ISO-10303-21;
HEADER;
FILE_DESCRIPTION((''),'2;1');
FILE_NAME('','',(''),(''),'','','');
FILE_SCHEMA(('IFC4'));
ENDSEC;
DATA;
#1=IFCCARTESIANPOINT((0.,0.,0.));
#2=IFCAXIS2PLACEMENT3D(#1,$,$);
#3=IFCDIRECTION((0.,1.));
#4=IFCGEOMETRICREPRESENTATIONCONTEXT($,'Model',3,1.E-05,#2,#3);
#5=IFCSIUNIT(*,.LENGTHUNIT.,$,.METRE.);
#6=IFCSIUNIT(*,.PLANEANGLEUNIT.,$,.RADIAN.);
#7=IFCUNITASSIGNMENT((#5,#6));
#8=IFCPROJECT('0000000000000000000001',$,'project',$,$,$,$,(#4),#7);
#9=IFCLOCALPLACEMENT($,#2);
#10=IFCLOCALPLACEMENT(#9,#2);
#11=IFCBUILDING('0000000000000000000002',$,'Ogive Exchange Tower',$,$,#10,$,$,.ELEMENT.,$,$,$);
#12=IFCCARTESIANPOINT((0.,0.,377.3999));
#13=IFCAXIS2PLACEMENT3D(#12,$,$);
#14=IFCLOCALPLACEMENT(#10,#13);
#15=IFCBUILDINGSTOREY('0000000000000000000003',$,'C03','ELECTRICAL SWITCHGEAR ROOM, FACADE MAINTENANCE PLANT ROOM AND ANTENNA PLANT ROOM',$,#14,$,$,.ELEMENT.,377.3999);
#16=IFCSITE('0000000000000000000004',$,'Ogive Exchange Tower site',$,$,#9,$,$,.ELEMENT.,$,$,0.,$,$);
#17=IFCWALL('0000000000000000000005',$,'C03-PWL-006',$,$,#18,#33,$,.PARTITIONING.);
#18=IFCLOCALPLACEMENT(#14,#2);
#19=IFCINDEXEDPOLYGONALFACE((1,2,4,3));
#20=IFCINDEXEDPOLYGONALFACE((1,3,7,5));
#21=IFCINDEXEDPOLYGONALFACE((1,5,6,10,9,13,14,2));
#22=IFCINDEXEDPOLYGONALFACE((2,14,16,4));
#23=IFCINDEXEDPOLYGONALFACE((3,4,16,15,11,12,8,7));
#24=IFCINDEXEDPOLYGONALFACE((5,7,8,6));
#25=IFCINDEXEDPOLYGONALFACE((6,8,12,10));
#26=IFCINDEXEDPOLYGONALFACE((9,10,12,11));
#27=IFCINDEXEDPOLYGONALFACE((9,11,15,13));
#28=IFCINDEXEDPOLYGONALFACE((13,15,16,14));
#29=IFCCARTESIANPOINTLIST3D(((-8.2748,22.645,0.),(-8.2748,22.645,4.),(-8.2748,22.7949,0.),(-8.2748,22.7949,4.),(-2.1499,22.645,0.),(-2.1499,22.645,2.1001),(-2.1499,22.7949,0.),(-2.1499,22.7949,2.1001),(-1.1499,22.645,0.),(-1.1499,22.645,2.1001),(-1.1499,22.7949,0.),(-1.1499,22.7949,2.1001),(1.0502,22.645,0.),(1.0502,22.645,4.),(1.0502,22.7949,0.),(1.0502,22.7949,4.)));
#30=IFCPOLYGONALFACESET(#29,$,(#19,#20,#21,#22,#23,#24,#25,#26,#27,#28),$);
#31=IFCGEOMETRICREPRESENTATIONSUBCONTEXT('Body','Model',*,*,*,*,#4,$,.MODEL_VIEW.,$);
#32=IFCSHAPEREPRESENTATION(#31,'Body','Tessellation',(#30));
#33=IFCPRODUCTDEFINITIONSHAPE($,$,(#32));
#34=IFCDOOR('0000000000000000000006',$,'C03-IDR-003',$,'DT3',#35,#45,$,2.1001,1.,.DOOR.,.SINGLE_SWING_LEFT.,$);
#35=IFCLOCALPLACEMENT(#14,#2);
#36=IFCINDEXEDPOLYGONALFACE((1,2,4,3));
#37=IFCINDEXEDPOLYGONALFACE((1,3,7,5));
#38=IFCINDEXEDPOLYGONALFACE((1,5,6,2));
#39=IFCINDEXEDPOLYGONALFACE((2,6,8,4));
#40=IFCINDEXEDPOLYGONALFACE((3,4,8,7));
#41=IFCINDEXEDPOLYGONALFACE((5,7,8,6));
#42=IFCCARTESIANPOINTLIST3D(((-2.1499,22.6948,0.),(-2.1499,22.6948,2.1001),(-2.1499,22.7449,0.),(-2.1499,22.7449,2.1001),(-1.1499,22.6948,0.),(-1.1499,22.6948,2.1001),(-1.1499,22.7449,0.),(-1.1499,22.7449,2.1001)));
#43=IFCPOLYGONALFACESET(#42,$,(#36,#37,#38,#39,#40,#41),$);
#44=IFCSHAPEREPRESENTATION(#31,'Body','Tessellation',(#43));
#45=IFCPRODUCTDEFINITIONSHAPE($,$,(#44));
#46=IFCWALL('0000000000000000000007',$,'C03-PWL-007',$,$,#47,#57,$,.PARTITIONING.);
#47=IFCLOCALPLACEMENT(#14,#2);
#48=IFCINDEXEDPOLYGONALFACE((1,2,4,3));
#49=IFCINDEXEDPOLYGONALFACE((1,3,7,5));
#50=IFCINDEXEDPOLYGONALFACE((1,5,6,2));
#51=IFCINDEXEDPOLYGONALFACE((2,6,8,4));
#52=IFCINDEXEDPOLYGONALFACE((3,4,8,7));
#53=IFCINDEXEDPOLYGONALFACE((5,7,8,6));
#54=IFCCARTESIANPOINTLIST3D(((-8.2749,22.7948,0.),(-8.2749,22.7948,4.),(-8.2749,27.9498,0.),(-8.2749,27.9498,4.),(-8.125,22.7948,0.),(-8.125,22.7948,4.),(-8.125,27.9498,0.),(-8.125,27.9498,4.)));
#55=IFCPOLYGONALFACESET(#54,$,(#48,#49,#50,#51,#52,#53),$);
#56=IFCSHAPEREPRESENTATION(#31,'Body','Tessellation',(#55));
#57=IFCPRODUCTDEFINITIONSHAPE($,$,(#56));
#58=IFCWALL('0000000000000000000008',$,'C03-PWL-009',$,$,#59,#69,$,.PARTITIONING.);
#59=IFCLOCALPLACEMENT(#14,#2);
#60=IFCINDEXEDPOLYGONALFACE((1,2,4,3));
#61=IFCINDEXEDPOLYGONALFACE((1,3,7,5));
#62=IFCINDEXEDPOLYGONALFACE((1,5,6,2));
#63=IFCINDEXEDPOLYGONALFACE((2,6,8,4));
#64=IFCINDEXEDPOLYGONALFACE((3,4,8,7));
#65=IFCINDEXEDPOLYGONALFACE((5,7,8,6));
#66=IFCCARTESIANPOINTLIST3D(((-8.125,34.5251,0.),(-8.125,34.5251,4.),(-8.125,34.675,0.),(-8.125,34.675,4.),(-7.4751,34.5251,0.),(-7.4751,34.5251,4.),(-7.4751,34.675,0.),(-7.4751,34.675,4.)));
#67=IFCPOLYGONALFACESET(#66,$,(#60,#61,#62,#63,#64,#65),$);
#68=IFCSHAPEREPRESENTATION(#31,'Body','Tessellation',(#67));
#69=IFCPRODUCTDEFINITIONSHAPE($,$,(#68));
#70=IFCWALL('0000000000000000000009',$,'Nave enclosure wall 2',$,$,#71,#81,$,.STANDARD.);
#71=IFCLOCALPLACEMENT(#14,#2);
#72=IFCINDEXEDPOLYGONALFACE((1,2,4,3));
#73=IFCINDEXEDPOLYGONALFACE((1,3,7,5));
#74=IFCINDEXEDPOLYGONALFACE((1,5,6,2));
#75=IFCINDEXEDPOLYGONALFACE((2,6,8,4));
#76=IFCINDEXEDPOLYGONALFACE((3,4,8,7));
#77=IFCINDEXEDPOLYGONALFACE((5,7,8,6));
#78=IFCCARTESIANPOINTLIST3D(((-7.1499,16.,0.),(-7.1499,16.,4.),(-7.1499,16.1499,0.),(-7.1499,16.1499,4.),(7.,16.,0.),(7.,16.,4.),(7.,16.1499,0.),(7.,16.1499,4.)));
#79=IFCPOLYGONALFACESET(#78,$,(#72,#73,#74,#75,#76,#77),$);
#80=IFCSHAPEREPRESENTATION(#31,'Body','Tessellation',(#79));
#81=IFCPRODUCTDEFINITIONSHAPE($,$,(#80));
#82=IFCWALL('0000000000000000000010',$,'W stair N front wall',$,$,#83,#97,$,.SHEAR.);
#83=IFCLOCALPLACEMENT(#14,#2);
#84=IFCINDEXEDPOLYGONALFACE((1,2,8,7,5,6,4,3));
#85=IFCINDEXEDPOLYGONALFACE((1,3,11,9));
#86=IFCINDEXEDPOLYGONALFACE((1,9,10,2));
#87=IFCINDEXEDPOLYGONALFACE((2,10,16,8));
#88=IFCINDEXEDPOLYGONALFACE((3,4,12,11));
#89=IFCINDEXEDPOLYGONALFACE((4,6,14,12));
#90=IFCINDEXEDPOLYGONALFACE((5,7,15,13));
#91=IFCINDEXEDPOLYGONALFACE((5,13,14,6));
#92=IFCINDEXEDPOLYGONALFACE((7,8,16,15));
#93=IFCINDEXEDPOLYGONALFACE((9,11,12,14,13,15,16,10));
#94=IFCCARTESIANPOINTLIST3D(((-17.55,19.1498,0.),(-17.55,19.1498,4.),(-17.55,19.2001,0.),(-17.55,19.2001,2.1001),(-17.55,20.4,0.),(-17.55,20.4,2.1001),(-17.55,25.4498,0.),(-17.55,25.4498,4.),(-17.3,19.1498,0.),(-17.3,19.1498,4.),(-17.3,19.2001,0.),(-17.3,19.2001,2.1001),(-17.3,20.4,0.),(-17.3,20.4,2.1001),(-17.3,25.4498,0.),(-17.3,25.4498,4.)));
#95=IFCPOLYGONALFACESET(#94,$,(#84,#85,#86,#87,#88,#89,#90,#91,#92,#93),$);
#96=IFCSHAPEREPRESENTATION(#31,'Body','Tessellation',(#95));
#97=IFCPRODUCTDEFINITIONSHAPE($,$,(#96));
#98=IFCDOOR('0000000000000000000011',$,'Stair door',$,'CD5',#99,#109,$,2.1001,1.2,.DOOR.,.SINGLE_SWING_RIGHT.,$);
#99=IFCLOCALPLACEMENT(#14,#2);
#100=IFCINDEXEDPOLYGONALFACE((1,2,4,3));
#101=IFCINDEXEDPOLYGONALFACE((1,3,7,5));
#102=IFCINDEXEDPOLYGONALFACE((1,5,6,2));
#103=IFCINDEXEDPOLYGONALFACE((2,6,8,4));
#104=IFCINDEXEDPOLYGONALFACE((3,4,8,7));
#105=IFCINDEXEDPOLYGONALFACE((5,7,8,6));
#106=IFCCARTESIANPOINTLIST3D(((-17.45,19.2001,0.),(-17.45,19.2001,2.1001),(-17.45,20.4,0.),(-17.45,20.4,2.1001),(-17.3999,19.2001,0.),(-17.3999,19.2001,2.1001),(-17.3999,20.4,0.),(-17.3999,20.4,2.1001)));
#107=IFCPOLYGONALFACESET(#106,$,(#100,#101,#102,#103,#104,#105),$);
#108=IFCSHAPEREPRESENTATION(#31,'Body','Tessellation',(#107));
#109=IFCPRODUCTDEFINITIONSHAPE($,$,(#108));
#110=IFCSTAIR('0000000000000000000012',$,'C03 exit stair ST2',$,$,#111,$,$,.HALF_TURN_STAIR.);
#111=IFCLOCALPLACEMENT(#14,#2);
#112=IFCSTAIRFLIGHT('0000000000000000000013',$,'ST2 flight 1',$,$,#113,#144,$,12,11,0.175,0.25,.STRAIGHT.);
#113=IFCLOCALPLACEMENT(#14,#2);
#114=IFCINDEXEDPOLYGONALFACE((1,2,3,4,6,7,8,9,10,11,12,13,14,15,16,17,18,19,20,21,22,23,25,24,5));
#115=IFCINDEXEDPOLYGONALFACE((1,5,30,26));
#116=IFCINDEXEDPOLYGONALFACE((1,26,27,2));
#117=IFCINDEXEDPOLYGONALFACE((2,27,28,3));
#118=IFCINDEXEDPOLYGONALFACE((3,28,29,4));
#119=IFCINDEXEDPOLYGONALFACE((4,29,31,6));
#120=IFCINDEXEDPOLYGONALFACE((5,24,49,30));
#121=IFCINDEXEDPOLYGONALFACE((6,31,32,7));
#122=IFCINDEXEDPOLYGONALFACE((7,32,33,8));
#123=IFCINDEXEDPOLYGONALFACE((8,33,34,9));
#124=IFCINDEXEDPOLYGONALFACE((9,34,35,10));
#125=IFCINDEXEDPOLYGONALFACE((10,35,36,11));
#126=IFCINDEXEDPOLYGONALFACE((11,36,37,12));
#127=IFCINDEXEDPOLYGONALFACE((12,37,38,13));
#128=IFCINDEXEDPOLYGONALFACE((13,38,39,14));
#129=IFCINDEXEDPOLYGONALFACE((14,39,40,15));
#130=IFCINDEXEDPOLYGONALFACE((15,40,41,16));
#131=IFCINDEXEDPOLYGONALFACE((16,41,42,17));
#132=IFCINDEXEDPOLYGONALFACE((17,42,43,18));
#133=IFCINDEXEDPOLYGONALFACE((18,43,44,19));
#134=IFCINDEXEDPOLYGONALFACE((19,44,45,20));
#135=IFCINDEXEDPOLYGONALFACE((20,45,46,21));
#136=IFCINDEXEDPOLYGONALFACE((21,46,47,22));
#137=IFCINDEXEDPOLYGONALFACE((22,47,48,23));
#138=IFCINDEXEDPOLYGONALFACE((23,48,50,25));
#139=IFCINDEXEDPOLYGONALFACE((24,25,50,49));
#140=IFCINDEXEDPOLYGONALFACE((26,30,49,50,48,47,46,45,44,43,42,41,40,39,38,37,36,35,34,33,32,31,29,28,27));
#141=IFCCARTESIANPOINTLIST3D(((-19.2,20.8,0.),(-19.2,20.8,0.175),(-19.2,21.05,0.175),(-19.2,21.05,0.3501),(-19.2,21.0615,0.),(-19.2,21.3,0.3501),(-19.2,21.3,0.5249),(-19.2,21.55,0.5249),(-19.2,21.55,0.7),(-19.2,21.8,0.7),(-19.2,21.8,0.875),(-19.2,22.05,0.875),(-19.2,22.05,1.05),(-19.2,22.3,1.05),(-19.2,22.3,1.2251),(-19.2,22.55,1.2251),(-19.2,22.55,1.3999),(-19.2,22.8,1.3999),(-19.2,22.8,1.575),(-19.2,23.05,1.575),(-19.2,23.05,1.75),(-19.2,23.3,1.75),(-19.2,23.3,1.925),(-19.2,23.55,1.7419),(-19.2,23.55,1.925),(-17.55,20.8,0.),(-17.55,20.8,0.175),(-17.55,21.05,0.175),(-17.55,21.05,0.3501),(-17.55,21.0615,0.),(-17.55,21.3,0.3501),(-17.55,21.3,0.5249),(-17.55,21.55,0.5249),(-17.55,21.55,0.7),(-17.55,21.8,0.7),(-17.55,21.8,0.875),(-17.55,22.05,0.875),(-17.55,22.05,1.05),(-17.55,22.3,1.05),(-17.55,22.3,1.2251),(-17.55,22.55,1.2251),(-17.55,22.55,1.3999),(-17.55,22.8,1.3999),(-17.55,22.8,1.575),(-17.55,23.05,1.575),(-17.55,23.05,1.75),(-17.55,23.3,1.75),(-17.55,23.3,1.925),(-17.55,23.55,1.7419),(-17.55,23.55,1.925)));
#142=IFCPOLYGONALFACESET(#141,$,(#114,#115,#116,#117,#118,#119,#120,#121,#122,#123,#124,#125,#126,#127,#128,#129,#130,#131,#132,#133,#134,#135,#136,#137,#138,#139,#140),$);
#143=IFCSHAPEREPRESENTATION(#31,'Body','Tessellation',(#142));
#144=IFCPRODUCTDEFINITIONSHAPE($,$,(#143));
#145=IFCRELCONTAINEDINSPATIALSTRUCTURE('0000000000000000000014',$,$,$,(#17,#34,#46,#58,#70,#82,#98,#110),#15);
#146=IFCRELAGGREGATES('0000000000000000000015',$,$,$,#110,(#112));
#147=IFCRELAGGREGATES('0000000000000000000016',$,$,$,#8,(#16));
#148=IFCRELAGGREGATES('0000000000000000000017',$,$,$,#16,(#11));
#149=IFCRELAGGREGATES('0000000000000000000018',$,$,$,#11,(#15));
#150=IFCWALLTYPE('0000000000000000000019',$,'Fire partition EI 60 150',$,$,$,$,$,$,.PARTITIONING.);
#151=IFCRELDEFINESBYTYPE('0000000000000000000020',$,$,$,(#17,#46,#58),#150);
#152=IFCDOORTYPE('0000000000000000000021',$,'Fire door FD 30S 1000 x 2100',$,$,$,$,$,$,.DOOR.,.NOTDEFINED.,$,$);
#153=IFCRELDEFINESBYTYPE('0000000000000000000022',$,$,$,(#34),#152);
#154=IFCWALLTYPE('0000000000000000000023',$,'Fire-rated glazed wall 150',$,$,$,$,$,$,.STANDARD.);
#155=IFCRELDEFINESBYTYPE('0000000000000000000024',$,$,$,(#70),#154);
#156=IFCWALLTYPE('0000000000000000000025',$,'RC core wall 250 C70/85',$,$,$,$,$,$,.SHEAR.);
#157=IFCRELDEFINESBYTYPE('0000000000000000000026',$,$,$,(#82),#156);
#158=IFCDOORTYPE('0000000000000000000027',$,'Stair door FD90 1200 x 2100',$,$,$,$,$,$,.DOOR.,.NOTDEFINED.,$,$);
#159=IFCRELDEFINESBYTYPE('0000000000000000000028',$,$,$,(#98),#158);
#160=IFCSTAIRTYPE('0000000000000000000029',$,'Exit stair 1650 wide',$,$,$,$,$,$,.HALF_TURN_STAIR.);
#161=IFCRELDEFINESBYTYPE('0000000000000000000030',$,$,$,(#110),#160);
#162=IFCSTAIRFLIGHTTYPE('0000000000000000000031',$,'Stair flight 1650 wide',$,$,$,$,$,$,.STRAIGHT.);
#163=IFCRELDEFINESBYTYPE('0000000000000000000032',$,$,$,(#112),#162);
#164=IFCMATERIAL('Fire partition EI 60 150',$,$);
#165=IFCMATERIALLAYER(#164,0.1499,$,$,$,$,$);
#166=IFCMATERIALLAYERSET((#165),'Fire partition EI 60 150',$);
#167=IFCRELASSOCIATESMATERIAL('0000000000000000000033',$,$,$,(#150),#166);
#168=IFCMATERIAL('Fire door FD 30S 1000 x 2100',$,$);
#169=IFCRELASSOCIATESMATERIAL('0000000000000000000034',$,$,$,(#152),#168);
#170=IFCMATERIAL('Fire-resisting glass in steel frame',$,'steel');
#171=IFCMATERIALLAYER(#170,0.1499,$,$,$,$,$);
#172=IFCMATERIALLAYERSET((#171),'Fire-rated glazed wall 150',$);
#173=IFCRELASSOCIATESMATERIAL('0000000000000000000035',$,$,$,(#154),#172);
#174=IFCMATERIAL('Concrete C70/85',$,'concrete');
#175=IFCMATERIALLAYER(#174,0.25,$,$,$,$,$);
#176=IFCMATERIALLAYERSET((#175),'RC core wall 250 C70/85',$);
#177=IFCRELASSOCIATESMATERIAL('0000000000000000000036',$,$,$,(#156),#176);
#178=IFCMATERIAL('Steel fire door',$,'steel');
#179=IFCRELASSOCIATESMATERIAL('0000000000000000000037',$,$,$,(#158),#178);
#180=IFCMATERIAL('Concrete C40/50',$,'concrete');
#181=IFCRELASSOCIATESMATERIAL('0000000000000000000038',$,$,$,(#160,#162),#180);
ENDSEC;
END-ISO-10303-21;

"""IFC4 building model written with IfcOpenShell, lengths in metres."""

from ifc_helpers import new_model, si_unit, direction, frame, frame_2d, origin, place, context, subcontext, project, spatial, polyline, rectangle, outline, extrude, material, layer, layer_set, type_object, element, fill, aggregate, save


model = new_model("IFC4")

# Units and contexts
model_context = context("Model", 3, precision=1e-05, world=origin(), true_north=direction((0.0, 1.0)))
body_context = subcontext(model_context, "Body", "Model", "MODEL_VIEW")
ifc_project = project(units=[si_unit("LENGTHUNIT", "METRE"), si_unit("PLANEANGLEUNIT", "RADIAN")], contexts=[model_context])

# Site, building, storey
site_placement = place(None, origin())
site = spatial("IfcSite", under=ifc_project, at=site_placement, Name="Ogive Exchange Tower site", CompositionType="ELEMENT", RefElevation=0.0)
building_placement = place(site_placement, origin())
building = spatial("IfcBuilding", under=site, at=building_placement, Name="Ogive Exchange Tower", CompositionType="ELEMENT")
storey_placement = place(building_placement, frame((0.0, 0.0, 377.3999)))
storey = spatial("IfcBuildingStorey", under=building, at=storey_placement, Name="C03", Description="ELECTRICAL SWITCHGEAR ROOM, FACADE MAINTENANCE PLANT ROOM AND ANTENNA PLANT ROOM", CompositionType="ELEMENT", Elevation=377.3999)

# Wall, opening, door
ifc_material_1 = material(Name="Fire partition EI 60 150")
ifc_layer_1 = layer(ifc_material_1, 0.1499)
ifc_layer_set_1 = layer_set([ifc_layer_1], Name="Fire partition EI 60 150")
wall_type_1 = type_object("IfcWallType", Name="Fire partition EI 60 150", PredefinedType="PARTITIONING", material=ifc_layer_set_1)
wall_1_placement = place(storey_placement, frame((-8.2749, 22.72, 0.0), z_axis=(0.0, 0.0, 1.0), x_axis=(1.0, 0.0, 0.0)))
wall_1 = element("IfcWall", 1, at=wall_1_placement, inside=storey, type_object=wall_type_1, Name="C03-PWL-006", PredefinedType="PARTITIONING", context=body_context, shape_type="SweptSolid", body=[
    extrude(rectangle(XDim=9.325, YDim=0.1499, at=frame_2d((4.6626, 0.0))), origin(), (0.0, 0.0, 1.0), 4.0),
])
opening_1_placement = place(wall_1_placement, frame((6.125, 0.0, 0.0)))
opening_1 = element("IfcOpeningElement", 2, at=opening_1_placement, cuts=wall_1, PredefinedType="OPENING", context=body_context, shape_type="SweptSolid", body=[
    extrude(rectangle(XDim=1.0, YDim=2.1001, at=frame_2d((0.5, 1.05))), frame((0.0, 0.085, 0.0), z_axis=(0.0, -1.0, 0.0), x_axis=(1.0, 0.0, 0.0)), (0.0, 0.0, 1.0), 0.1699),
])
ifc_material_2 = material(Name="Fire door FD 30S 1000 x 2100")
door_type_1 = type_object("IfcDoorType", Name="Fire door FD 30S 1000 x 2100", OperationType="NOTDEFINED", PredefinedType="DOOR", material=ifc_material_2)
door_1_placement = place(opening_1_placement, origin())
door_1 = element("IfcDoor", 3, at=door_1_placement, inside=storey, type_object=door_type_1, Name="C03-IDR-003", ObjectType="DT3", OperationType="SINGLE_SWING_LEFT", OverallHeight=2.1001, OverallWidth=1.0, PredefinedType="DOOR", context=body_context, shape_type="SweptSolid", body=[
    extrude(rectangle(XDim=1.0, YDim=2.1001, at=frame_2d((0.5, 1.05))), frame((0.0, 0.0249, 0.0), z_axis=(0.0, -1.0, 0.0), x_axis=(1.0, 0.0, 0.0)), (0.0, 0.0, 1.0), 0.05),
])
fill(opening_1, door_1)

# Walls
wall_2_placement = place(storey_placement, frame((-8.2, 27.95, 0.0), z_axis=(0.0, 0.0, 1.0), x_axis=(0.0, -1.0, 0.0)))
element("IfcWall", 4, at=wall_2_placement, inside=storey, type_object=wall_type_1, Name="C03-PWL-007", PredefinedType="PARTITIONING", context=body_context, shape_type="SweptSolid", body=[
    extrude(rectangle(XDim=5.155, YDim=0.1499, at=frame_2d((2.5776, 0.0))), origin(), (0.0, 0.0, 1.0), 4.0),
])
wall_3_placement = place(storey_placement, frame((-7.4751, 34.6001, 0.0), z_axis=(0.0, 0.0, 1.0), x_axis=(-1.0, 0.0, 0.0)))
element("IfcWall", 5, at=wall_3_placement, inside=storey, type_object=wall_type_1, Name="C03-PWL-009", PredefinedType="PARTITIONING", context=body_context, shape_type="SweptSolid", body=[
    extrude(rectangle(XDim=0.6499, YDim=0.1499, at=frame_2d((0.325, 0.0))), origin(), (0.0, 0.0, 1.0), 4.0),
])
ifc_material_3 = material(Name="Fire-resisting glass in steel frame", Category="steel")
ifc_layer_2 = layer(ifc_material_3, 0.1499)
ifc_layer_set_2 = layer_set([ifc_layer_2], Name="Fire-rated glazed wall 150")
wall_type_2 = type_object("IfcWallType", Name="Fire-rated glazed wall 150", PredefinedType="STANDARD", material=ifc_layer_set_2)
wall_4_placement = place(storey_placement, frame((-7.1499, 16.075, 0.0), z_axis=(0.0, 0.0, 1.0), x_axis=(1.0, 0.0, 0.0)))
element("IfcWall", 6, at=wall_4_placement, inside=storey, type_object=wall_type_2, Name="Nave enclosure wall 2", PredefinedType="STANDARD", context=body_context, shape_type="SweptSolid", body=[
    extrude(rectangle(XDim=14.1499, YDim=0.1499, at=frame_2d((7.075, 0.0))), origin(), (0.0, 0.0, 1.0), 4.0),
])

# Wall, opening, door
ifc_material_4 = material(Name="Concrete C70/85", Category="concrete")
ifc_layer_3 = layer(ifc_material_4, 0.25)
ifc_layer_set_3 = layer_set([ifc_layer_3], Name="RC core wall 250 C70/85")
wall_type_3 = type_object("IfcWallType", Name="RC core wall 250 C70/85", PredefinedType="SHEAR", material=ifc_layer_set_3)
wall_5_placement = place(storey_placement, frame((-17.425, 19.1499, 0.0), z_axis=(0.0, 0.0, 1.0), x_axis=(0.0, 1.0, 0.0)))
wall_5 = element("IfcWall", 7, at=wall_5_placement, inside=storey, type_object=wall_type_3, Name="W stair N front wall", PredefinedType="SHEAR", context=body_context, shape_type="SweptSolid", body=[
    extrude(rectangle(XDim=6.3, YDim=0.25, at=frame_2d((3.1499, 0.0))), origin(), (0.0, 0.0, 1.0), 4.0),
])
opening_2_placement = place(wall_5_placement, frame((0.05, 0.0, 0.0)))
opening_2 = element("IfcOpeningElement", 8, at=opening_2_placement, cuts=wall_5, PredefinedType="OPENING", context=body_context, shape_type="SweptSolid", body=[
    extrude(rectangle(XDim=1.2, YDim=2.1001, at=frame_2d((0.6001, 1.05))), frame((0.0, 0.135, 0.0), z_axis=(0.0, -1.0, 0.0), x_axis=(1.0, 0.0, 0.0)), (0.0, 0.0, 1.0), 0.27),
])
ifc_material_5 = material(Name="Steel fire door", Category="steel")
door_type_2 = type_object("IfcDoorType", Name="Stair door FD90 1200 x 2100", OperationType="NOTDEFINED", PredefinedType="DOOR", material=ifc_material_5)
door_2_placement = place(opening_2_placement, origin())
door_2 = element("IfcDoor", 9, at=door_2_placement, inside=storey, type_object=door_type_2, Name="Stair door", ObjectType="CD5", OperationType="SINGLE_SWING_RIGHT", OverallHeight=2.1001, OverallWidth=1.2, PredefinedType="DOOR", context=body_context, shape_type="SweptSolid", body=[
    extrude(rectangle(XDim=1.2, YDim=2.1001, at=frame_2d((0.6001, 1.05))), frame((0.0, 0.0249, 0.0), z_axis=(0.0, -1.0, 0.0), x_axis=(1.0, 0.0, 0.0)), (0.0, 0.0, 1.0), 0.05),
])
fill(opening_2, door_2)

# Stair, stair flight
ifc_material_6 = material(Name="Concrete C40/50", Category="concrete")
stair_type = type_object("IfcStairType", Name="Exit stair 1650 wide", PredefinedType="HALF_TURN_STAIR", material=ifc_material_6)
stair_placement = place(storey_placement, origin())
stair = element("IfcStair", 10, at=stair_placement, inside=storey, type_object=stair_type, Name="C03 exit stair ST2", PredefinedType="HALF_TURN_STAIR")
stair_flight_type = type_object("IfcStairFlightType", Name="Stair flight 1650 wide", PredefinedType="STRAIGHT", material=ifc_material_6)
stair_flight_placement = place(storey_placement, frame((-18.375, 20.8, 0.0), z_axis=(0.0, 0.0, 1.0), x_axis=(0.0, 1.0, 0.0)))
stair_flight = element("IfcStairFlight", 11, at=stair_flight_placement, type_object=stair_flight_type, Name="ST2 flight 1", NumberOfRisers=12, NumberOfTreads=11, PredefinedType="STRAIGHT", RiserHeight=0.175, TreadLength=0.25, context=body_context, shape_type="SweptSolid", body=[
    extrude(outline(polyline([(0.0, 0.0), (0.0, 0.175), (0.25, 0.175), (0.25, 0.3501), (0.5, 0.3501), (0.5, 0.5249), (0.75, 0.5249), (0.75, 0.7), (1.0, 0.7), (1.0, 0.875), (1.25, 0.875), (1.25, 1.05), (1.5, 1.05), (1.5, 1.2251), (1.75, 1.2251), (1.75, 1.3999), (2.0, 1.3999), (2.0, 1.575), (2.25, 1.575), (2.25, 1.75), (2.5, 1.75), (2.5, 1.925), (2.75, 1.925), (2.75, 2.1001), (2.75, 1.7419), (0.2615, 0.0), (0.0, 0.0)])), frame((0.0, 0.825, 0.0), z_axis=(0.0, -1.0, 0.0), x_axis=(1.0, 0.0, 0.0)), (0.0, 0.0, 1.0), 1.6499),
])
aggregate(stair, [stair_flight])

save(model, "model.ifc")
